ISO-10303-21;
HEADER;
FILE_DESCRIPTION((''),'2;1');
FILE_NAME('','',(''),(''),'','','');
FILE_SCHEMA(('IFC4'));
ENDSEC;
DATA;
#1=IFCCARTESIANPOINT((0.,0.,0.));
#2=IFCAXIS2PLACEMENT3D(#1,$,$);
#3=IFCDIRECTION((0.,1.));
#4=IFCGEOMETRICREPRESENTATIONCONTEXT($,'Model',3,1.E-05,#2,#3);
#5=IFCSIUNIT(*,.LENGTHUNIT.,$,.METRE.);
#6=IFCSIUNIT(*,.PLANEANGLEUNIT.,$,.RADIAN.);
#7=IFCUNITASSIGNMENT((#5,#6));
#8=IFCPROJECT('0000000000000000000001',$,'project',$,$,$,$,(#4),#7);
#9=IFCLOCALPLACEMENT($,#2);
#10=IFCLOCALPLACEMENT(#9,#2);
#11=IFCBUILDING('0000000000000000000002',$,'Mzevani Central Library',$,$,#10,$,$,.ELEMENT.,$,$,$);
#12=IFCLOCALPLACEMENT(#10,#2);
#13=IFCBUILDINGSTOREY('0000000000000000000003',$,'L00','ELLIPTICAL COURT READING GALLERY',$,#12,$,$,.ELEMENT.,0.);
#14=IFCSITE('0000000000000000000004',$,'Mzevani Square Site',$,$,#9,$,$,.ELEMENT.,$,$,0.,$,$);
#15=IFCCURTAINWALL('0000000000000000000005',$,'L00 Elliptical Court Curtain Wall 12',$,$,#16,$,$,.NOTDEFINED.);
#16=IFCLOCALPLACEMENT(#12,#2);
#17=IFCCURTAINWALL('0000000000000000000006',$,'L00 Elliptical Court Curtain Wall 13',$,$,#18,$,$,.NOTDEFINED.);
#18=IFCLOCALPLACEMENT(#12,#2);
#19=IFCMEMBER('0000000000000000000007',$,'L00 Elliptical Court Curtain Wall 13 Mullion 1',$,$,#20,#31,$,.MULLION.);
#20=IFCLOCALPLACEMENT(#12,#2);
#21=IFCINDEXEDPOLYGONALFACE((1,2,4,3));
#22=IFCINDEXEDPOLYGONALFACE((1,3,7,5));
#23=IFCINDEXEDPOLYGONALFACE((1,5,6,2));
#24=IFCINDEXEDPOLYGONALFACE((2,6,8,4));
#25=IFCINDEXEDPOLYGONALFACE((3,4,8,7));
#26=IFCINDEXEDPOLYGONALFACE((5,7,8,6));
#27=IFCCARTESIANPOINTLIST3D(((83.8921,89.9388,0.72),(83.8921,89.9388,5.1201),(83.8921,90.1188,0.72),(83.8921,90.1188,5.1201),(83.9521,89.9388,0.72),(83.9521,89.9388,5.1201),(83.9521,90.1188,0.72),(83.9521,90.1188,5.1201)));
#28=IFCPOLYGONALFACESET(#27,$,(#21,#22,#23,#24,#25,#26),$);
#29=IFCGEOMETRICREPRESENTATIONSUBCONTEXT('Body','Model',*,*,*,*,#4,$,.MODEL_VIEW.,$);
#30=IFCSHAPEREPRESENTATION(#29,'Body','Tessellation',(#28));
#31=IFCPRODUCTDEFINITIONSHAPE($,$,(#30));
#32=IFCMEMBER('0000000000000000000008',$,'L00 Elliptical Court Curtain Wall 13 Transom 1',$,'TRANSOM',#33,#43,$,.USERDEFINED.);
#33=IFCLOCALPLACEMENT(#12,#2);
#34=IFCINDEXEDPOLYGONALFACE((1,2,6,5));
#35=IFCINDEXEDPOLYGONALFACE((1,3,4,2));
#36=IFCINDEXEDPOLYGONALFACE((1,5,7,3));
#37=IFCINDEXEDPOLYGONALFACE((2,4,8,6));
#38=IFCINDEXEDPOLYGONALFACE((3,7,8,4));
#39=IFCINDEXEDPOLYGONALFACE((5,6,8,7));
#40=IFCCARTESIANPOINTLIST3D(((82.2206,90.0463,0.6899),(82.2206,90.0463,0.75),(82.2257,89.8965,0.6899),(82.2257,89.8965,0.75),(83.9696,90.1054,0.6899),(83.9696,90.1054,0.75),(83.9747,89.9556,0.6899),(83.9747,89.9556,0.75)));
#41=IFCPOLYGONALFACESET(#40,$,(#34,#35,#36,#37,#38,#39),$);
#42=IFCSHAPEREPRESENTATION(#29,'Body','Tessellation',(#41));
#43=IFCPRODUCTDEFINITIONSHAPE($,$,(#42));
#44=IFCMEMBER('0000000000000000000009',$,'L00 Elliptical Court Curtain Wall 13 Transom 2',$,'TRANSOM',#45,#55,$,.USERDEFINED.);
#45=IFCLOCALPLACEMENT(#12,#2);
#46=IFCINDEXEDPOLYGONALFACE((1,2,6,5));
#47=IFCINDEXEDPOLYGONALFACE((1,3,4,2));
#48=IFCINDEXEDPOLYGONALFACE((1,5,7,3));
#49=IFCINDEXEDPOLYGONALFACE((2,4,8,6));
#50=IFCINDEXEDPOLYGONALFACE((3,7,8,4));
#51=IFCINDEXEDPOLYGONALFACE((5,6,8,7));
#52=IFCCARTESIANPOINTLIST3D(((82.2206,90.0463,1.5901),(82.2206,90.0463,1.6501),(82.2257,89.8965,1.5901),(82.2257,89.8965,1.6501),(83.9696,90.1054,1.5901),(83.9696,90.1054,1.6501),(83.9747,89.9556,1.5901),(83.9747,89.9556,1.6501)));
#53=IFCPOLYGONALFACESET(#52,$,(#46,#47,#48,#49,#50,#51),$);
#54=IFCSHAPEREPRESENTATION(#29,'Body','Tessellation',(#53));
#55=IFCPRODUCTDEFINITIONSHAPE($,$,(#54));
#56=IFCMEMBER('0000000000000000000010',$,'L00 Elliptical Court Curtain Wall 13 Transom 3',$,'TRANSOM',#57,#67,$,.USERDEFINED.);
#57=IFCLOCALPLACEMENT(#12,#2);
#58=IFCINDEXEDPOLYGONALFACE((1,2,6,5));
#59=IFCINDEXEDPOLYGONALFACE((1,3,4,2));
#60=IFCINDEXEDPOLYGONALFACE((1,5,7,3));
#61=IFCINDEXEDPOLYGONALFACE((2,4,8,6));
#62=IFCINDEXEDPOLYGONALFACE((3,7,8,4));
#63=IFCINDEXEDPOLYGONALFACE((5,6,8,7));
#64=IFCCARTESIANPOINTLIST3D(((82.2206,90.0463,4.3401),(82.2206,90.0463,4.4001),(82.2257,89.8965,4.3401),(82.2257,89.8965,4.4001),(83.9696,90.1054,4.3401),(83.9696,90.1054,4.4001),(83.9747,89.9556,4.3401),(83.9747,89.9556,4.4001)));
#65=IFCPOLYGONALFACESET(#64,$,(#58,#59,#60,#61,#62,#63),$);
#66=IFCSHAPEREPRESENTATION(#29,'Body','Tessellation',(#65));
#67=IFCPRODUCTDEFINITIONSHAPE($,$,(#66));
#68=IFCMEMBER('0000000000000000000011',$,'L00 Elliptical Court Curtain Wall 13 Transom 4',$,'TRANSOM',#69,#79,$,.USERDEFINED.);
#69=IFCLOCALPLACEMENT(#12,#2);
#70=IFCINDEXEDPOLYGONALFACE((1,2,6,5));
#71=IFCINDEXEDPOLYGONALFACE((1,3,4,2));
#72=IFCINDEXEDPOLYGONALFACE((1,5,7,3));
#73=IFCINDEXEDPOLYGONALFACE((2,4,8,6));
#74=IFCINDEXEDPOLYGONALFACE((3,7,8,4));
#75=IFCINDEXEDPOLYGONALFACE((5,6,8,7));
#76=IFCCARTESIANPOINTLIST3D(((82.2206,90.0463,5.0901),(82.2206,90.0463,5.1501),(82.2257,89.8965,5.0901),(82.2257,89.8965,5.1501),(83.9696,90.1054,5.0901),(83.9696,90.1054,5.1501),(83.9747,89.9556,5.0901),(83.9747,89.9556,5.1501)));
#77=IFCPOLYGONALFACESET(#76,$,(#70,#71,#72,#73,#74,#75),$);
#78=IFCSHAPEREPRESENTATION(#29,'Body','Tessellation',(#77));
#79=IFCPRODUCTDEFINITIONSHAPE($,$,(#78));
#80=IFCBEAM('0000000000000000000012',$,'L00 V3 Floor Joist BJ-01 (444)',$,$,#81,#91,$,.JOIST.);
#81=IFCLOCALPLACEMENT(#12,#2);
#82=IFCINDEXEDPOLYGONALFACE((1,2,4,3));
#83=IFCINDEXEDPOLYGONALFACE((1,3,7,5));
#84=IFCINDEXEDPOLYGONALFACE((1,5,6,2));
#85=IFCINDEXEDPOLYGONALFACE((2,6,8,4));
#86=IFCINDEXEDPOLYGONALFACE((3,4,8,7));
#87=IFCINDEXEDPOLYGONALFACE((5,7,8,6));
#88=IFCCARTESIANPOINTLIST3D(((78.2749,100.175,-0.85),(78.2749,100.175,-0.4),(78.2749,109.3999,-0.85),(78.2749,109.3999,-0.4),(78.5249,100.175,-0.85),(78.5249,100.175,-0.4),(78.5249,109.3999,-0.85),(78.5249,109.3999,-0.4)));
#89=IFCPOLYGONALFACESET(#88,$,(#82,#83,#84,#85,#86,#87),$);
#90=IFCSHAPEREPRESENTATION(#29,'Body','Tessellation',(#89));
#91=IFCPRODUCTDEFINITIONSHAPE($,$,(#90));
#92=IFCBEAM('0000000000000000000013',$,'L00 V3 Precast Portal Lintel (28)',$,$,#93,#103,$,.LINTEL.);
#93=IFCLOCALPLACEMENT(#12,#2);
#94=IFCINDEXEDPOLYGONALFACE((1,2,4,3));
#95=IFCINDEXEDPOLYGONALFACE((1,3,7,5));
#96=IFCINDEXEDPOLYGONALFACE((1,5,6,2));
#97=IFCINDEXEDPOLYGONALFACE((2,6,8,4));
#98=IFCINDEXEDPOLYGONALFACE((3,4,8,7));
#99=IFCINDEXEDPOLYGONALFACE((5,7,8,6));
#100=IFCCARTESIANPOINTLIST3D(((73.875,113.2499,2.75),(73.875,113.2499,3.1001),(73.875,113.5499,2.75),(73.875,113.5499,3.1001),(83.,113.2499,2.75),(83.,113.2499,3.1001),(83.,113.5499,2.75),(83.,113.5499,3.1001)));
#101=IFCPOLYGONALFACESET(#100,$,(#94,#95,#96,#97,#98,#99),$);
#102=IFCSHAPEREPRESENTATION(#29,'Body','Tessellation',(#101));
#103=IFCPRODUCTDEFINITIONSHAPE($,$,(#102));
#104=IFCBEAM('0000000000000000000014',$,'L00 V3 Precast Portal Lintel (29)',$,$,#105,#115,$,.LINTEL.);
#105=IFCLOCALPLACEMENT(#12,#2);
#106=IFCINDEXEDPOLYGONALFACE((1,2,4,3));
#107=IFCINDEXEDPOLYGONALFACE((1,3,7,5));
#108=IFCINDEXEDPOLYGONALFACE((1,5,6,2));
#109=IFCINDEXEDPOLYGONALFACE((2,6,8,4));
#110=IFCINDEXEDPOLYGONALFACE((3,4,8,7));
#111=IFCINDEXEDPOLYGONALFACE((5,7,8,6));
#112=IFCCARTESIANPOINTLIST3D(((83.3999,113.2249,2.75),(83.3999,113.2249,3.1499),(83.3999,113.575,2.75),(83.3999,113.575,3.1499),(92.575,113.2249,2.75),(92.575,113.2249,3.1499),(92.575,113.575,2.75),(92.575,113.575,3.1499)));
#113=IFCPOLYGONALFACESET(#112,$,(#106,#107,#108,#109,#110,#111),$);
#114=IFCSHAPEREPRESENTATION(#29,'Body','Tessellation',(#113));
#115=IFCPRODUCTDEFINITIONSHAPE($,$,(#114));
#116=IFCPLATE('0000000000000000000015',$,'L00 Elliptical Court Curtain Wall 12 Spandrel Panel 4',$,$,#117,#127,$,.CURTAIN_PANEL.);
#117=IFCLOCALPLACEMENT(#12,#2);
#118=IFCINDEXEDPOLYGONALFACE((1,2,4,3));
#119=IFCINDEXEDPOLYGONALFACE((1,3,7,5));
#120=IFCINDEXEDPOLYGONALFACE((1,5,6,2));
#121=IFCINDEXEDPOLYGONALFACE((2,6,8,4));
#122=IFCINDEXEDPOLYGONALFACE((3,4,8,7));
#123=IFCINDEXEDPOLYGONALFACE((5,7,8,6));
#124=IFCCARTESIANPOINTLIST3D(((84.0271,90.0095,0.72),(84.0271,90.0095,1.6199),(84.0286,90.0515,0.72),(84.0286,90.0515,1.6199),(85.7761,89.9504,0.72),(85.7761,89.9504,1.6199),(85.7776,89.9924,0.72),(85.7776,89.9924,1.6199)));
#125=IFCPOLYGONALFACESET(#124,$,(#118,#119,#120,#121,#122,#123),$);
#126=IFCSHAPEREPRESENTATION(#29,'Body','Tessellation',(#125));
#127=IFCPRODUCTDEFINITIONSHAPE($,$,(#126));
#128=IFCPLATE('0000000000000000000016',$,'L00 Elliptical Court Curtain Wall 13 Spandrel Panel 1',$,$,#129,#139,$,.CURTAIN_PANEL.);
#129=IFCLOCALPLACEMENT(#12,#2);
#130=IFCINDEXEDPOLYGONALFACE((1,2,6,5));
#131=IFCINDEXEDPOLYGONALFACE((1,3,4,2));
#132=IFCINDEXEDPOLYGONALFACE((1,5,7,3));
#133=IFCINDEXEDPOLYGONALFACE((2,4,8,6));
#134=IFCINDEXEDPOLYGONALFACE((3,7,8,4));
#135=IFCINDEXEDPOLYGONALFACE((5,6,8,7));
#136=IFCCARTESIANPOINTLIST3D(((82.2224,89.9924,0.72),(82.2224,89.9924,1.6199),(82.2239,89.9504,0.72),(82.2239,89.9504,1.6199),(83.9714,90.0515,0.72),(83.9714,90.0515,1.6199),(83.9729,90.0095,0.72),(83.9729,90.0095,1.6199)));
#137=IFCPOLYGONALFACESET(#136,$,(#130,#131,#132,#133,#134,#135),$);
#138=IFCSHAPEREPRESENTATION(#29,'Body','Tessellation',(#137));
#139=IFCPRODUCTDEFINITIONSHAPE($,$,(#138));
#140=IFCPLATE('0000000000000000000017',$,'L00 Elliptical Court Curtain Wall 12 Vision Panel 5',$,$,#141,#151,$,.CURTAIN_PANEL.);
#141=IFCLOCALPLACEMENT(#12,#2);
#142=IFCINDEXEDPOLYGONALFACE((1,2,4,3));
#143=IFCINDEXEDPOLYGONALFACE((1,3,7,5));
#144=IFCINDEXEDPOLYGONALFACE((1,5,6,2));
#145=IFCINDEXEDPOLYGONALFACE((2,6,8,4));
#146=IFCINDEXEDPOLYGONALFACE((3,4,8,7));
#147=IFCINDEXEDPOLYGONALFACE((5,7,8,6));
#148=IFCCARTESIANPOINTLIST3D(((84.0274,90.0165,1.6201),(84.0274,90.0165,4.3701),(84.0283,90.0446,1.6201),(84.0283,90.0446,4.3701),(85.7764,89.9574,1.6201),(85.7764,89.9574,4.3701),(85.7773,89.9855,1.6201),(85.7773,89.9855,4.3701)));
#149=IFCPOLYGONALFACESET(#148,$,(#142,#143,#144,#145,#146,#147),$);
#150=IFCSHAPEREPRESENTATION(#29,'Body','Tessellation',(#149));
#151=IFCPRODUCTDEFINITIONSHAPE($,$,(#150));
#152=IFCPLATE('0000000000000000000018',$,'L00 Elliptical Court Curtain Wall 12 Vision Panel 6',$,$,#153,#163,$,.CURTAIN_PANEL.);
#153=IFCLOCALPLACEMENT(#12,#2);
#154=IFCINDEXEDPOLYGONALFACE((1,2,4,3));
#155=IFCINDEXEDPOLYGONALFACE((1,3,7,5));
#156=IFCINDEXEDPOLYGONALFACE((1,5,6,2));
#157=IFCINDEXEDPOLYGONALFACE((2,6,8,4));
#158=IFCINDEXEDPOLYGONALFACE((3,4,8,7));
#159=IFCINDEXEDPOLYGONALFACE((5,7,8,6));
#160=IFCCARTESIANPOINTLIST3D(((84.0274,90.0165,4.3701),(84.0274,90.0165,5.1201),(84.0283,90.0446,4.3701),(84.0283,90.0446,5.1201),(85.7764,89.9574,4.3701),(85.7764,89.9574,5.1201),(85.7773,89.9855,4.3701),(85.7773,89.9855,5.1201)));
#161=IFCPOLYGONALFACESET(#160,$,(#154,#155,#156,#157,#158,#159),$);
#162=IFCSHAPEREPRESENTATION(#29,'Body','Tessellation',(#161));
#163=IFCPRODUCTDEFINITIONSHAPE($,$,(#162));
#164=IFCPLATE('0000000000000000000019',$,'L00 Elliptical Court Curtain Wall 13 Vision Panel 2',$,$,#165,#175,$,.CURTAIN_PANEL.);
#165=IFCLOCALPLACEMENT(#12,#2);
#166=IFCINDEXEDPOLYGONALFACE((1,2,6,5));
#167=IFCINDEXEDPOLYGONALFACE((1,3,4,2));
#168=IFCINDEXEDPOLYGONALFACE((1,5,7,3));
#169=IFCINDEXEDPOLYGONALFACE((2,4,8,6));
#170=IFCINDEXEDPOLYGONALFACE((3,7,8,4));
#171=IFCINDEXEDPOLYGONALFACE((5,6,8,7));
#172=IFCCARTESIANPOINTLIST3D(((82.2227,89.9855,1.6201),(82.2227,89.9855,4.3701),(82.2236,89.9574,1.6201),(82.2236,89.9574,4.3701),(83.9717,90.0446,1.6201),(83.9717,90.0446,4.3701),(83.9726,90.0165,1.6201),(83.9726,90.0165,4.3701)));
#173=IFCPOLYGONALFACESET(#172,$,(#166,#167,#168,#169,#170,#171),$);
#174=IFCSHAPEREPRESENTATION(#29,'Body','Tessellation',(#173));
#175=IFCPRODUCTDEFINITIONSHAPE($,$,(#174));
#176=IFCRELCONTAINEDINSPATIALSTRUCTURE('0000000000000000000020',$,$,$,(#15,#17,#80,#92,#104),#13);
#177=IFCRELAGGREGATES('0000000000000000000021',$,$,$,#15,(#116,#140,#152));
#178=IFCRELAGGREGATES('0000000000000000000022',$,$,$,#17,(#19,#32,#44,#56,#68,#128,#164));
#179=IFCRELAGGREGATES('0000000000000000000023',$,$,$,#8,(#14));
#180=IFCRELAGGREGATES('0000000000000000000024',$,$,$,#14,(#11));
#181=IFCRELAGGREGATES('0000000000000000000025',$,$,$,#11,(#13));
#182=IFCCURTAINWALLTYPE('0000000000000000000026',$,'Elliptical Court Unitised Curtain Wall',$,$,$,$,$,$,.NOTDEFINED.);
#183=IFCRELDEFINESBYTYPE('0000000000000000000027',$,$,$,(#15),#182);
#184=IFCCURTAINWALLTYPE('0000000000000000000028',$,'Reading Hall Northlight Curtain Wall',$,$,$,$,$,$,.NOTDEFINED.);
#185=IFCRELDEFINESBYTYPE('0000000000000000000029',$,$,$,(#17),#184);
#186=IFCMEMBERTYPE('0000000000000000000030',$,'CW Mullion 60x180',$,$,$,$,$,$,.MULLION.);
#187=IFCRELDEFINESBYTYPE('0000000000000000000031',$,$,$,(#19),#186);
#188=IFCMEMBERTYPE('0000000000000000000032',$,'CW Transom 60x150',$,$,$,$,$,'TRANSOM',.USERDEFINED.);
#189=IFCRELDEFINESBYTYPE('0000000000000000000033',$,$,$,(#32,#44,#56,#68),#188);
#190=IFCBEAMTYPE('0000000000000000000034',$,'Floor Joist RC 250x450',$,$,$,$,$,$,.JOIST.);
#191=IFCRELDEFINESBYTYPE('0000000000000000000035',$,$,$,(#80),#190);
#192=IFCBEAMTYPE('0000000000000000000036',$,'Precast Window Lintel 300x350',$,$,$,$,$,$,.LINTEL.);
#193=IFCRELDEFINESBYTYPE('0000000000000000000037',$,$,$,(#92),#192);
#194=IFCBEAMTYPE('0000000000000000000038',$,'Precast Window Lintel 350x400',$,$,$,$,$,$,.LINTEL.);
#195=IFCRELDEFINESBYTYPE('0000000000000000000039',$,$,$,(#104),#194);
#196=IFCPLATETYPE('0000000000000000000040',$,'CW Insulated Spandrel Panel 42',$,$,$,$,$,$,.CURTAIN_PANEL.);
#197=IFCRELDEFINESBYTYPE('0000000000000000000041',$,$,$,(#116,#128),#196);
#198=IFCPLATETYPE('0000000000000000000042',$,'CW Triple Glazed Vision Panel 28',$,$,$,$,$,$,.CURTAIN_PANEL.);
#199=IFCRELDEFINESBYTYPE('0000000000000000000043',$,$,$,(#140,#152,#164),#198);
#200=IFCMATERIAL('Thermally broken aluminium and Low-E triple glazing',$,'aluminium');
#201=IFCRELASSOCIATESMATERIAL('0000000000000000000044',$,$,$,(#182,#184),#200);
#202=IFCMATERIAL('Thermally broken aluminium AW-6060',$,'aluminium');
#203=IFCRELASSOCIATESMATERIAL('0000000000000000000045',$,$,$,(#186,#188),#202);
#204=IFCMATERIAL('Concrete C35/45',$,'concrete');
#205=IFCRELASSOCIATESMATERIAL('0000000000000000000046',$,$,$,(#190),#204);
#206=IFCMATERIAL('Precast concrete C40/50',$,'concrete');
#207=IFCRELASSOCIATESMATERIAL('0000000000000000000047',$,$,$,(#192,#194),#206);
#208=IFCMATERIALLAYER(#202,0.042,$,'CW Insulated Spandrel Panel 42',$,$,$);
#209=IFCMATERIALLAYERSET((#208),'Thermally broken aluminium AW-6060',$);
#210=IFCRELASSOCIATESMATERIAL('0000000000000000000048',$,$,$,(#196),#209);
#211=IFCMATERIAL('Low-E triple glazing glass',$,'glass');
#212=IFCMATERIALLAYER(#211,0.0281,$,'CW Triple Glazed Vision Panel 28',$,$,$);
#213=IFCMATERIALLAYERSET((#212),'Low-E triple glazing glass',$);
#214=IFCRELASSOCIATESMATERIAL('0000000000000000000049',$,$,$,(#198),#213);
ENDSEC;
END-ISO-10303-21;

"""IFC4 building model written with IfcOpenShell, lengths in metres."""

from ifc_helpers import new_model, si_unit, direction, frame, origin, origin_2d, place, context, subcontext, project, spatial, rectangle, extrude, material, layer, layer_set, material_profile, profile_set, type_object, element, aggregate, save


model = new_model("IFC4")

# Units and contexts
model_context = context("Model", 3, precision=1e-05, world=origin(), true_north=direction((0.0, 1.0)))
body_context = subcontext(model_context, "Body", "Model", "MODEL_VIEW")
ifc_project = project(units=[si_unit("LENGTHUNIT", "METRE"), si_unit("PLANEANGLEUNIT", "RADIAN")], contexts=[model_context])

# Site, building, storey
site_placement = place(None, origin())
site = spatial("IfcSite", under=ifc_project, at=site_placement, Name="Mzevani Square Site", CompositionType="ELEMENT", RefElevation=0.0)
building_placement = place(site_placement, origin())
building = spatial("IfcBuilding", under=site, at=building_placement, Name="Mzevani Central Library", CompositionType="ELEMENT")
storey_placement = place(building_placement, origin())
storey = spatial("IfcBuildingStorey", under=building, at=storey_placement, Name="L00", Description="ELLIPTICAL COURT READING GALLERY", CompositionType="ELEMENT", Elevation=0.0)

# Shared definitions
ifc_material_1 = material(Name="Concrete C35/45", Category="concrete")

# Curtain wall
ifc_material_2 = material(Name="Thermally broken aluminium and Low-E triple glazing", Category="aluminium")
curtain_wall_type_1 = type_object("IfcCurtainWallType", Name="Elliptical Court Unitised Curtain Wall", PredefinedType="NOTDEFINED", material=ifc_material_2)
curtain_wall_1_placement = place(storey_placement, origin())
curtain_wall_1 = element("IfcCurtainWall", 1, at=curtain_wall_1_placement, inside=storey, type_object=curtain_wall_type_1, Name="L00 Elliptical Court Curtain Wall 12", PredefinedType="NOTDEFINED")
ifc_material_3 = material(Name="Thermally broken aluminium AW-6060", Category="aluminium")

# Curtain wall, members
curtain_wall_type_2 = type_object("IfcCurtainWallType", Name="Reading Hall Northlight Curtain Wall", PredefinedType="NOTDEFINED", material=ifc_material_2)
curtain_wall_2_placement = place(storey_placement, origin())
curtain_wall_2 = element("IfcCurtainWall", 2, at=curtain_wall_2_placement, inside=storey, type_object=curtain_wall_type_2, Name="L00 Elliptical Court Curtain Wall 13", PredefinedType="NOTDEFINED")
ifc_material_profile_1 = material_profile(ifc_material_3, rectangle(XDim=0.0601, YDim=0.1799, at=origin_2d()), Name="ALU M60x180")
ifc_profile_set_1 = profile_set([ifc_material_profile_1], Name="Thermally broken aluminium AW-6060")
member_type_1 = type_object("IfcMemberType", Name="CW Mullion 60x180", PredefinedType="MULLION", material=ifc_profile_set_1)
member_1_placement = place(storey_placement, frame((83.9221, 90.0288, 0.72), z_axis=(0.0, 0.0, 1.0), x_axis=(1.0, 0.0, 0.0)))
member_1 = element("IfcMember", 3, at=member_1_placement, type_object=member_type_1, Name="L00 Elliptical Court Curtain Wall 13 Mullion 1", PredefinedType="MULLION", context=body_context, shape_type="SweptSolid", body=[
    extrude(rectangle(XDim=0.0601, YDim=0.1799, at=origin_2d()), origin(), (0.0, 0.0, 1.0), 4.4001),
])
ifc_material_profile_2 = material_profile(ifc_material_3, rectangle(XDim=0.1499, YDim=0.0601, at=origin_2d()), Name="ALU T60x150")
ifc_profile_set_2 = profile_set([ifc_material_profile_2], Name="Thermally broken aluminium AW-6060")
member_type_2 = type_object("IfcMemberType", Name="CW Transom 60x150", ElementType="TRANSOM", PredefinedType="USERDEFINED", material=ifc_profile_set_2)
member_2_placement = place(storey_placement, frame((83.9722, 90.0305, 0.72), z_axis=(-0.99943, -0.033761, 0.0), x_axis=(0.033761, -0.99943, 0.0)))
member_2 = element("IfcMember", 4, at=member_2_placement, type_object=member_type_2, Name="L00 Elliptical Court Curtain Wall 13 Transom 1", ObjectType="TRANSOM", PredefinedType="USERDEFINED", context=body_context, shape_type="SweptSolid", body=[
    extrude(rectangle(XDim=0.1499, YDim=0.0601, at=origin_2d()), origin(), (0.0, 0.0, 1.0), 1.75),
])
member_3_placement = place(storey_placement, frame((83.9722, 90.0305, 1.6201), z_axis=(-0.99943, -0.033761, 0.0), x_axis=(0.033761, -0.99943, 0.0)))
member_3 = element("IfcMember", 5, at=member_3_placement, type_object=member_type_2, Name="L00 Elliptical Court Curtain Wall 13 Transom 2", ObjectType="TRANSOM", PredefinedType="USERDEFINED", context=body_context, shape_type="SweptSolid", body=[
    extrude(rectangle(XDim=0.1499, YDim=0.0601, at=origin_2d()), origin(), (0.0, 0.0, 1.0), 1.75),
])
member_4_placement = place(storey_placement, frame((83.9722, 90.0305, 4.3701), z_axis=(-0.99943, -0.033761, 0.0), x_axis=(0.033761, -0.99943, 0.0)))
member_4 = element("IfcMember", 6, at=member_4_placement, type_object=member_type_2, Name="L00 Elliptical Court Curtain Wall 13 Transom 3", ObjectType="TRANSOM", PredefinedType="USERDEFINED", context=body_context, shape_type="SweptSolid", body=[
    extrude(rectangle(XDim=0.1499, YDim=0.0601, at=origin_2d()), origin(), (0.0, 0.0, 1.0), 1.75),
])
member_5_placement = place(storey_placement, frame((83.9722, 90.0305, 5.1201), z_axis=(-0.99943, -0.033761, 0.0), x_axis=(0.033761, -0.99943, 0.0)))
member_5 = element("IfcMember", 7, at=member_5_placement, type_object=member_type_2, Name="L00 Elliptical Court Curtain Wall 13 Transom 4", ObjectType="TRANSOM", PredefinedType="USERDEFINED", context=body_context, shape_type="SweptSolid", body=[
    extrude(rectangle(XDim=0.1499, YDim=0.0601, at=origin_2d()), origin(), (0.0, 0.0, 1.0), 1.75),
])

# Beams
ifc_material_profile_3 = material_profile(ifc_material_1, rectangle(XDim=0.25, YDim=0.45, at=origin_2d()), Name="RC J250x450")
ifc_profile_set_3 = profile_set([ifc_material_profile_3], Name="Concrete C35/45")
beam_type_1 = type_object("IfcBeamType", Name="Floor Joist RC 250x450", PredefinedType="JOIST", material=ifc_profile_set_3)
beam_1_placement = place(storey_placement, frame((78.3999, 100.175, -0.625), z_axis=(0.0, 1.0, 0.0), x_axis=(-1.0, 0.0, 0.0)))
element("IfcBeam", 8, at=beam_1_placement, inside=storey, type_object=beam_type_1, Name="L00 V3 Floor Joist BJ-01 (444)", PredefinedType="JOIST", context=body_context, shape_type="SweptSolid", body=[
    extrude(rectangle(XDim=0.25, YDim=0.45, at=origin_2d()), origin(), (0.0, 0.0, 1.0), 9.2249),
])
ifc_material_4 = material(Name="Precast concrete C40/50", Category="concrete")
ifc_material_profile_4 = material_profile(ifc_material_4, rectangle(XDim=0.3, YDim=0.3501, at=origin_2d()), Name="PC LN300x350")
ifc_profile_set_4 = profile_set([ifc_material_profile_4], Name="Precast concrete C40/50")
beam_type_2 = type_object("IfcBeamType", Name="Precast Window Lintel 300x350", PredefinedType="LINTEL", material=ifc_profile_set_4)
beam_2_placement = place(storey_placement, frame((73.875, 113.3999, 2.925), z_axis=(1.0, 0.0, 0.0), x_axis=(0.0, 1.0, 0.0)))
element("IfcBeam", 9, at=beam_2_placement, inside=storey, type_object=beam_type_2, Name="L00 V3 Precast Portal Lintel (28)", PredefinedType="LINTEL", context=body_context, shape_type="SweptSolid", body=[
    extrude(rectangle(XDim=0.3, YDim=0.3501, at=origin_2d()), origin(), (0.0, 0.0, 1.0), 9.125),
])
ifc_material_profile_5 = material_profile(ifc_material_4, rectangle(XDim=0.3501, YDim=0.3999, at=origin_2d()), Name="PC LN350x400")
ifc_profile_set_5 = profile_set([ifc_material_profile_5], Name="Precast concrete C40/50")
beam_type_3 = type_object("IfcBeamType", Name="Precast Window Lintel 350x400", PredefinedType="LINTEL", material=ifc_profile_set_5)
beam_3_placement = place(storey_placement, frame((83.3999, 113.3999, 2.95), z_axis=(1.0, 0.0, 0.0), x_axis=(0.0, 1.0, 0.0)))
element("IfcBeam", 10, at=beam_3_placement, inside=storey, type_object=beam_type_3, Name="L00 V3 Precast Portal Lintel (29)", PredefinedType="LINTEL", context=body_context, shape_type="SweptSolid", body=[
    extrude(rectangle(XDim=0.3501, YDim=0.3999, at=origin_2d()), origin(), (0.0, 0.0, 1.0), 9.175),
])

# Plates
ifc_layer_1 = layer(ifc_material_3, 0.042, Name="CW Insulated Spandrel Panel 42")
ifc_layer_set_1 = layer_set([ifc_layer_1], Name="Thermally broken aluminium AW-6060")
plate_type_1 = type_object("IfcPlateType", Name="CW Insulated Spandrel Panel 42", PredefinedType="CURTAIN_PANEL", material=ifc_layer_set_1)
plate_1_placement = place(storey_placement, frame((84.9023, 90.001, 0.72), z_axis=(0.0, 0.0, 1.0), x_axis=(-0.99943, 0.033771, 0.0)))
plate_1 = element("IfcPlate", 11, at=plate_1_placement, type_object=plate_type_1, Name="L00 Elliptical Court Curtain Wall 12 Spandrel Panel 4", PredefinedType="CURTAIN_PANEL", context=body_context, shape_type="SweptSolid", body=[
    extrude(rectangle(XDim=1.75, YDim=0.042, at=origin_2d()), origin(), (0.0, 0.0, 1.0), 0.8999),
])
plate_2_placement = place(storey_placement, frame((83.0977, 90.001, 0.72), z_axis=(0.0, 0.0, 1.0), x_axis=(-0.99943, -0.033771, 0.0)))
plate_2 = element("IfcPlate", 12, at=plate_2_placement, type_object=plate_type_1, Name="L00 Elliptical Court Curtain Wall 13 Spandrel Panel 1", PredefinedType="CURTAIN_PANEL", context=body_context, shape_type="SweptSolid", body=[
    extrude(rectangle(XDim=1.75, YDim=0.042, at=origin_2d()), origin(), (0.0, 0.0, 1.0), 0.8999),
])
ifc_material_5 = material(Name="Low-E triple glazing glass", Category="glass")
ifc_layer_2 = layer(ifc_material_5, 0.0281, Name="CW Triple Glazed Vision Panel 28")
ifc_layer_set_2 = layer_set([ifc_layer_2], Name="Low-E triple glazing glass")
plate_type_2 = type_object("IfcPlateType", Name="CW Triple Glazed Vision Panel 28", PredefinedType="CURTAIN_PANEL", material=ifc_layer_set_2)
plate_3_placement = place(storey_placement, frame((84.9023, 90.001, 1.6201), z_axis=(0.0, 0.0, 1.0), x_axis=(-0.99943, 0.033771, 0.0)))
plate_3 = element("IfcPlate", 13, at=plate_3_placement, type_object=plate_type_2, Name="L00 Elliptical Court Curtain Wall 12 Vision Panel 5", PredefinedType="CURTAIN_PANEL", context=body_context, shape_type="SweptSolid", body=[
    extrude(rectangle(XDim=1.75, YDim=0.0281, at=origin_2d()), origin(), (0.0, 0.0, 1.0), 2.75),
])
plate_4_placement = place(storey_placement, frame((84.9023, 90.001, 4.3701), z_axis=(0.0, 0.0, 1.0), x_axis=(-0.99943, 0.033771, 0.0)))
plate_4 = element("IfcPlate", 14, at=plate_4_placement, type_object=plate_type_2, Name="L00 Elliptical Court Curtain Wall 12 Vision Panel 6", PredefinedType="CURTAIN_PANEL", context=body_context, shape_type="SweptSolid", body=[
    extrude(rectangle(XDim=1.75, YDim=0.0281, at=origin_2d()), origin(), (0.0, 0.0, 1.0), 0.75),
])
aggregate(curtain_wall_1, [plate_1, plate_3, plate_4])
plate_5_placement = place(storey_placement, frame((83.0977, 90.001, 1.6201), z_axis=(0.0, 0.0, 1.0), x_axis=(-0.99943, -0.033771, 0.0)))
plate_5 = element("IfcPlate", 15, at=plate_5_placement, type_object=plate_type_2, Name="L00 Elliptical Court Curtain Wall 13 Vision Panel 2", PredefinedType="CURTAIN_PANEL", context=body_context, shape_type="SweptSolid", body=[
    extrude(rectangle(XDim=1.75, YDim=0.0281, at=origin_2d()), origin(), (0.0, 0.0, 1.0), 2.75),
])
aggregate(curtain_wall_2, [member_1, member_2, member_3, member_4, member_5, plate_2, plate_5])

save(model, "model.ifc")
